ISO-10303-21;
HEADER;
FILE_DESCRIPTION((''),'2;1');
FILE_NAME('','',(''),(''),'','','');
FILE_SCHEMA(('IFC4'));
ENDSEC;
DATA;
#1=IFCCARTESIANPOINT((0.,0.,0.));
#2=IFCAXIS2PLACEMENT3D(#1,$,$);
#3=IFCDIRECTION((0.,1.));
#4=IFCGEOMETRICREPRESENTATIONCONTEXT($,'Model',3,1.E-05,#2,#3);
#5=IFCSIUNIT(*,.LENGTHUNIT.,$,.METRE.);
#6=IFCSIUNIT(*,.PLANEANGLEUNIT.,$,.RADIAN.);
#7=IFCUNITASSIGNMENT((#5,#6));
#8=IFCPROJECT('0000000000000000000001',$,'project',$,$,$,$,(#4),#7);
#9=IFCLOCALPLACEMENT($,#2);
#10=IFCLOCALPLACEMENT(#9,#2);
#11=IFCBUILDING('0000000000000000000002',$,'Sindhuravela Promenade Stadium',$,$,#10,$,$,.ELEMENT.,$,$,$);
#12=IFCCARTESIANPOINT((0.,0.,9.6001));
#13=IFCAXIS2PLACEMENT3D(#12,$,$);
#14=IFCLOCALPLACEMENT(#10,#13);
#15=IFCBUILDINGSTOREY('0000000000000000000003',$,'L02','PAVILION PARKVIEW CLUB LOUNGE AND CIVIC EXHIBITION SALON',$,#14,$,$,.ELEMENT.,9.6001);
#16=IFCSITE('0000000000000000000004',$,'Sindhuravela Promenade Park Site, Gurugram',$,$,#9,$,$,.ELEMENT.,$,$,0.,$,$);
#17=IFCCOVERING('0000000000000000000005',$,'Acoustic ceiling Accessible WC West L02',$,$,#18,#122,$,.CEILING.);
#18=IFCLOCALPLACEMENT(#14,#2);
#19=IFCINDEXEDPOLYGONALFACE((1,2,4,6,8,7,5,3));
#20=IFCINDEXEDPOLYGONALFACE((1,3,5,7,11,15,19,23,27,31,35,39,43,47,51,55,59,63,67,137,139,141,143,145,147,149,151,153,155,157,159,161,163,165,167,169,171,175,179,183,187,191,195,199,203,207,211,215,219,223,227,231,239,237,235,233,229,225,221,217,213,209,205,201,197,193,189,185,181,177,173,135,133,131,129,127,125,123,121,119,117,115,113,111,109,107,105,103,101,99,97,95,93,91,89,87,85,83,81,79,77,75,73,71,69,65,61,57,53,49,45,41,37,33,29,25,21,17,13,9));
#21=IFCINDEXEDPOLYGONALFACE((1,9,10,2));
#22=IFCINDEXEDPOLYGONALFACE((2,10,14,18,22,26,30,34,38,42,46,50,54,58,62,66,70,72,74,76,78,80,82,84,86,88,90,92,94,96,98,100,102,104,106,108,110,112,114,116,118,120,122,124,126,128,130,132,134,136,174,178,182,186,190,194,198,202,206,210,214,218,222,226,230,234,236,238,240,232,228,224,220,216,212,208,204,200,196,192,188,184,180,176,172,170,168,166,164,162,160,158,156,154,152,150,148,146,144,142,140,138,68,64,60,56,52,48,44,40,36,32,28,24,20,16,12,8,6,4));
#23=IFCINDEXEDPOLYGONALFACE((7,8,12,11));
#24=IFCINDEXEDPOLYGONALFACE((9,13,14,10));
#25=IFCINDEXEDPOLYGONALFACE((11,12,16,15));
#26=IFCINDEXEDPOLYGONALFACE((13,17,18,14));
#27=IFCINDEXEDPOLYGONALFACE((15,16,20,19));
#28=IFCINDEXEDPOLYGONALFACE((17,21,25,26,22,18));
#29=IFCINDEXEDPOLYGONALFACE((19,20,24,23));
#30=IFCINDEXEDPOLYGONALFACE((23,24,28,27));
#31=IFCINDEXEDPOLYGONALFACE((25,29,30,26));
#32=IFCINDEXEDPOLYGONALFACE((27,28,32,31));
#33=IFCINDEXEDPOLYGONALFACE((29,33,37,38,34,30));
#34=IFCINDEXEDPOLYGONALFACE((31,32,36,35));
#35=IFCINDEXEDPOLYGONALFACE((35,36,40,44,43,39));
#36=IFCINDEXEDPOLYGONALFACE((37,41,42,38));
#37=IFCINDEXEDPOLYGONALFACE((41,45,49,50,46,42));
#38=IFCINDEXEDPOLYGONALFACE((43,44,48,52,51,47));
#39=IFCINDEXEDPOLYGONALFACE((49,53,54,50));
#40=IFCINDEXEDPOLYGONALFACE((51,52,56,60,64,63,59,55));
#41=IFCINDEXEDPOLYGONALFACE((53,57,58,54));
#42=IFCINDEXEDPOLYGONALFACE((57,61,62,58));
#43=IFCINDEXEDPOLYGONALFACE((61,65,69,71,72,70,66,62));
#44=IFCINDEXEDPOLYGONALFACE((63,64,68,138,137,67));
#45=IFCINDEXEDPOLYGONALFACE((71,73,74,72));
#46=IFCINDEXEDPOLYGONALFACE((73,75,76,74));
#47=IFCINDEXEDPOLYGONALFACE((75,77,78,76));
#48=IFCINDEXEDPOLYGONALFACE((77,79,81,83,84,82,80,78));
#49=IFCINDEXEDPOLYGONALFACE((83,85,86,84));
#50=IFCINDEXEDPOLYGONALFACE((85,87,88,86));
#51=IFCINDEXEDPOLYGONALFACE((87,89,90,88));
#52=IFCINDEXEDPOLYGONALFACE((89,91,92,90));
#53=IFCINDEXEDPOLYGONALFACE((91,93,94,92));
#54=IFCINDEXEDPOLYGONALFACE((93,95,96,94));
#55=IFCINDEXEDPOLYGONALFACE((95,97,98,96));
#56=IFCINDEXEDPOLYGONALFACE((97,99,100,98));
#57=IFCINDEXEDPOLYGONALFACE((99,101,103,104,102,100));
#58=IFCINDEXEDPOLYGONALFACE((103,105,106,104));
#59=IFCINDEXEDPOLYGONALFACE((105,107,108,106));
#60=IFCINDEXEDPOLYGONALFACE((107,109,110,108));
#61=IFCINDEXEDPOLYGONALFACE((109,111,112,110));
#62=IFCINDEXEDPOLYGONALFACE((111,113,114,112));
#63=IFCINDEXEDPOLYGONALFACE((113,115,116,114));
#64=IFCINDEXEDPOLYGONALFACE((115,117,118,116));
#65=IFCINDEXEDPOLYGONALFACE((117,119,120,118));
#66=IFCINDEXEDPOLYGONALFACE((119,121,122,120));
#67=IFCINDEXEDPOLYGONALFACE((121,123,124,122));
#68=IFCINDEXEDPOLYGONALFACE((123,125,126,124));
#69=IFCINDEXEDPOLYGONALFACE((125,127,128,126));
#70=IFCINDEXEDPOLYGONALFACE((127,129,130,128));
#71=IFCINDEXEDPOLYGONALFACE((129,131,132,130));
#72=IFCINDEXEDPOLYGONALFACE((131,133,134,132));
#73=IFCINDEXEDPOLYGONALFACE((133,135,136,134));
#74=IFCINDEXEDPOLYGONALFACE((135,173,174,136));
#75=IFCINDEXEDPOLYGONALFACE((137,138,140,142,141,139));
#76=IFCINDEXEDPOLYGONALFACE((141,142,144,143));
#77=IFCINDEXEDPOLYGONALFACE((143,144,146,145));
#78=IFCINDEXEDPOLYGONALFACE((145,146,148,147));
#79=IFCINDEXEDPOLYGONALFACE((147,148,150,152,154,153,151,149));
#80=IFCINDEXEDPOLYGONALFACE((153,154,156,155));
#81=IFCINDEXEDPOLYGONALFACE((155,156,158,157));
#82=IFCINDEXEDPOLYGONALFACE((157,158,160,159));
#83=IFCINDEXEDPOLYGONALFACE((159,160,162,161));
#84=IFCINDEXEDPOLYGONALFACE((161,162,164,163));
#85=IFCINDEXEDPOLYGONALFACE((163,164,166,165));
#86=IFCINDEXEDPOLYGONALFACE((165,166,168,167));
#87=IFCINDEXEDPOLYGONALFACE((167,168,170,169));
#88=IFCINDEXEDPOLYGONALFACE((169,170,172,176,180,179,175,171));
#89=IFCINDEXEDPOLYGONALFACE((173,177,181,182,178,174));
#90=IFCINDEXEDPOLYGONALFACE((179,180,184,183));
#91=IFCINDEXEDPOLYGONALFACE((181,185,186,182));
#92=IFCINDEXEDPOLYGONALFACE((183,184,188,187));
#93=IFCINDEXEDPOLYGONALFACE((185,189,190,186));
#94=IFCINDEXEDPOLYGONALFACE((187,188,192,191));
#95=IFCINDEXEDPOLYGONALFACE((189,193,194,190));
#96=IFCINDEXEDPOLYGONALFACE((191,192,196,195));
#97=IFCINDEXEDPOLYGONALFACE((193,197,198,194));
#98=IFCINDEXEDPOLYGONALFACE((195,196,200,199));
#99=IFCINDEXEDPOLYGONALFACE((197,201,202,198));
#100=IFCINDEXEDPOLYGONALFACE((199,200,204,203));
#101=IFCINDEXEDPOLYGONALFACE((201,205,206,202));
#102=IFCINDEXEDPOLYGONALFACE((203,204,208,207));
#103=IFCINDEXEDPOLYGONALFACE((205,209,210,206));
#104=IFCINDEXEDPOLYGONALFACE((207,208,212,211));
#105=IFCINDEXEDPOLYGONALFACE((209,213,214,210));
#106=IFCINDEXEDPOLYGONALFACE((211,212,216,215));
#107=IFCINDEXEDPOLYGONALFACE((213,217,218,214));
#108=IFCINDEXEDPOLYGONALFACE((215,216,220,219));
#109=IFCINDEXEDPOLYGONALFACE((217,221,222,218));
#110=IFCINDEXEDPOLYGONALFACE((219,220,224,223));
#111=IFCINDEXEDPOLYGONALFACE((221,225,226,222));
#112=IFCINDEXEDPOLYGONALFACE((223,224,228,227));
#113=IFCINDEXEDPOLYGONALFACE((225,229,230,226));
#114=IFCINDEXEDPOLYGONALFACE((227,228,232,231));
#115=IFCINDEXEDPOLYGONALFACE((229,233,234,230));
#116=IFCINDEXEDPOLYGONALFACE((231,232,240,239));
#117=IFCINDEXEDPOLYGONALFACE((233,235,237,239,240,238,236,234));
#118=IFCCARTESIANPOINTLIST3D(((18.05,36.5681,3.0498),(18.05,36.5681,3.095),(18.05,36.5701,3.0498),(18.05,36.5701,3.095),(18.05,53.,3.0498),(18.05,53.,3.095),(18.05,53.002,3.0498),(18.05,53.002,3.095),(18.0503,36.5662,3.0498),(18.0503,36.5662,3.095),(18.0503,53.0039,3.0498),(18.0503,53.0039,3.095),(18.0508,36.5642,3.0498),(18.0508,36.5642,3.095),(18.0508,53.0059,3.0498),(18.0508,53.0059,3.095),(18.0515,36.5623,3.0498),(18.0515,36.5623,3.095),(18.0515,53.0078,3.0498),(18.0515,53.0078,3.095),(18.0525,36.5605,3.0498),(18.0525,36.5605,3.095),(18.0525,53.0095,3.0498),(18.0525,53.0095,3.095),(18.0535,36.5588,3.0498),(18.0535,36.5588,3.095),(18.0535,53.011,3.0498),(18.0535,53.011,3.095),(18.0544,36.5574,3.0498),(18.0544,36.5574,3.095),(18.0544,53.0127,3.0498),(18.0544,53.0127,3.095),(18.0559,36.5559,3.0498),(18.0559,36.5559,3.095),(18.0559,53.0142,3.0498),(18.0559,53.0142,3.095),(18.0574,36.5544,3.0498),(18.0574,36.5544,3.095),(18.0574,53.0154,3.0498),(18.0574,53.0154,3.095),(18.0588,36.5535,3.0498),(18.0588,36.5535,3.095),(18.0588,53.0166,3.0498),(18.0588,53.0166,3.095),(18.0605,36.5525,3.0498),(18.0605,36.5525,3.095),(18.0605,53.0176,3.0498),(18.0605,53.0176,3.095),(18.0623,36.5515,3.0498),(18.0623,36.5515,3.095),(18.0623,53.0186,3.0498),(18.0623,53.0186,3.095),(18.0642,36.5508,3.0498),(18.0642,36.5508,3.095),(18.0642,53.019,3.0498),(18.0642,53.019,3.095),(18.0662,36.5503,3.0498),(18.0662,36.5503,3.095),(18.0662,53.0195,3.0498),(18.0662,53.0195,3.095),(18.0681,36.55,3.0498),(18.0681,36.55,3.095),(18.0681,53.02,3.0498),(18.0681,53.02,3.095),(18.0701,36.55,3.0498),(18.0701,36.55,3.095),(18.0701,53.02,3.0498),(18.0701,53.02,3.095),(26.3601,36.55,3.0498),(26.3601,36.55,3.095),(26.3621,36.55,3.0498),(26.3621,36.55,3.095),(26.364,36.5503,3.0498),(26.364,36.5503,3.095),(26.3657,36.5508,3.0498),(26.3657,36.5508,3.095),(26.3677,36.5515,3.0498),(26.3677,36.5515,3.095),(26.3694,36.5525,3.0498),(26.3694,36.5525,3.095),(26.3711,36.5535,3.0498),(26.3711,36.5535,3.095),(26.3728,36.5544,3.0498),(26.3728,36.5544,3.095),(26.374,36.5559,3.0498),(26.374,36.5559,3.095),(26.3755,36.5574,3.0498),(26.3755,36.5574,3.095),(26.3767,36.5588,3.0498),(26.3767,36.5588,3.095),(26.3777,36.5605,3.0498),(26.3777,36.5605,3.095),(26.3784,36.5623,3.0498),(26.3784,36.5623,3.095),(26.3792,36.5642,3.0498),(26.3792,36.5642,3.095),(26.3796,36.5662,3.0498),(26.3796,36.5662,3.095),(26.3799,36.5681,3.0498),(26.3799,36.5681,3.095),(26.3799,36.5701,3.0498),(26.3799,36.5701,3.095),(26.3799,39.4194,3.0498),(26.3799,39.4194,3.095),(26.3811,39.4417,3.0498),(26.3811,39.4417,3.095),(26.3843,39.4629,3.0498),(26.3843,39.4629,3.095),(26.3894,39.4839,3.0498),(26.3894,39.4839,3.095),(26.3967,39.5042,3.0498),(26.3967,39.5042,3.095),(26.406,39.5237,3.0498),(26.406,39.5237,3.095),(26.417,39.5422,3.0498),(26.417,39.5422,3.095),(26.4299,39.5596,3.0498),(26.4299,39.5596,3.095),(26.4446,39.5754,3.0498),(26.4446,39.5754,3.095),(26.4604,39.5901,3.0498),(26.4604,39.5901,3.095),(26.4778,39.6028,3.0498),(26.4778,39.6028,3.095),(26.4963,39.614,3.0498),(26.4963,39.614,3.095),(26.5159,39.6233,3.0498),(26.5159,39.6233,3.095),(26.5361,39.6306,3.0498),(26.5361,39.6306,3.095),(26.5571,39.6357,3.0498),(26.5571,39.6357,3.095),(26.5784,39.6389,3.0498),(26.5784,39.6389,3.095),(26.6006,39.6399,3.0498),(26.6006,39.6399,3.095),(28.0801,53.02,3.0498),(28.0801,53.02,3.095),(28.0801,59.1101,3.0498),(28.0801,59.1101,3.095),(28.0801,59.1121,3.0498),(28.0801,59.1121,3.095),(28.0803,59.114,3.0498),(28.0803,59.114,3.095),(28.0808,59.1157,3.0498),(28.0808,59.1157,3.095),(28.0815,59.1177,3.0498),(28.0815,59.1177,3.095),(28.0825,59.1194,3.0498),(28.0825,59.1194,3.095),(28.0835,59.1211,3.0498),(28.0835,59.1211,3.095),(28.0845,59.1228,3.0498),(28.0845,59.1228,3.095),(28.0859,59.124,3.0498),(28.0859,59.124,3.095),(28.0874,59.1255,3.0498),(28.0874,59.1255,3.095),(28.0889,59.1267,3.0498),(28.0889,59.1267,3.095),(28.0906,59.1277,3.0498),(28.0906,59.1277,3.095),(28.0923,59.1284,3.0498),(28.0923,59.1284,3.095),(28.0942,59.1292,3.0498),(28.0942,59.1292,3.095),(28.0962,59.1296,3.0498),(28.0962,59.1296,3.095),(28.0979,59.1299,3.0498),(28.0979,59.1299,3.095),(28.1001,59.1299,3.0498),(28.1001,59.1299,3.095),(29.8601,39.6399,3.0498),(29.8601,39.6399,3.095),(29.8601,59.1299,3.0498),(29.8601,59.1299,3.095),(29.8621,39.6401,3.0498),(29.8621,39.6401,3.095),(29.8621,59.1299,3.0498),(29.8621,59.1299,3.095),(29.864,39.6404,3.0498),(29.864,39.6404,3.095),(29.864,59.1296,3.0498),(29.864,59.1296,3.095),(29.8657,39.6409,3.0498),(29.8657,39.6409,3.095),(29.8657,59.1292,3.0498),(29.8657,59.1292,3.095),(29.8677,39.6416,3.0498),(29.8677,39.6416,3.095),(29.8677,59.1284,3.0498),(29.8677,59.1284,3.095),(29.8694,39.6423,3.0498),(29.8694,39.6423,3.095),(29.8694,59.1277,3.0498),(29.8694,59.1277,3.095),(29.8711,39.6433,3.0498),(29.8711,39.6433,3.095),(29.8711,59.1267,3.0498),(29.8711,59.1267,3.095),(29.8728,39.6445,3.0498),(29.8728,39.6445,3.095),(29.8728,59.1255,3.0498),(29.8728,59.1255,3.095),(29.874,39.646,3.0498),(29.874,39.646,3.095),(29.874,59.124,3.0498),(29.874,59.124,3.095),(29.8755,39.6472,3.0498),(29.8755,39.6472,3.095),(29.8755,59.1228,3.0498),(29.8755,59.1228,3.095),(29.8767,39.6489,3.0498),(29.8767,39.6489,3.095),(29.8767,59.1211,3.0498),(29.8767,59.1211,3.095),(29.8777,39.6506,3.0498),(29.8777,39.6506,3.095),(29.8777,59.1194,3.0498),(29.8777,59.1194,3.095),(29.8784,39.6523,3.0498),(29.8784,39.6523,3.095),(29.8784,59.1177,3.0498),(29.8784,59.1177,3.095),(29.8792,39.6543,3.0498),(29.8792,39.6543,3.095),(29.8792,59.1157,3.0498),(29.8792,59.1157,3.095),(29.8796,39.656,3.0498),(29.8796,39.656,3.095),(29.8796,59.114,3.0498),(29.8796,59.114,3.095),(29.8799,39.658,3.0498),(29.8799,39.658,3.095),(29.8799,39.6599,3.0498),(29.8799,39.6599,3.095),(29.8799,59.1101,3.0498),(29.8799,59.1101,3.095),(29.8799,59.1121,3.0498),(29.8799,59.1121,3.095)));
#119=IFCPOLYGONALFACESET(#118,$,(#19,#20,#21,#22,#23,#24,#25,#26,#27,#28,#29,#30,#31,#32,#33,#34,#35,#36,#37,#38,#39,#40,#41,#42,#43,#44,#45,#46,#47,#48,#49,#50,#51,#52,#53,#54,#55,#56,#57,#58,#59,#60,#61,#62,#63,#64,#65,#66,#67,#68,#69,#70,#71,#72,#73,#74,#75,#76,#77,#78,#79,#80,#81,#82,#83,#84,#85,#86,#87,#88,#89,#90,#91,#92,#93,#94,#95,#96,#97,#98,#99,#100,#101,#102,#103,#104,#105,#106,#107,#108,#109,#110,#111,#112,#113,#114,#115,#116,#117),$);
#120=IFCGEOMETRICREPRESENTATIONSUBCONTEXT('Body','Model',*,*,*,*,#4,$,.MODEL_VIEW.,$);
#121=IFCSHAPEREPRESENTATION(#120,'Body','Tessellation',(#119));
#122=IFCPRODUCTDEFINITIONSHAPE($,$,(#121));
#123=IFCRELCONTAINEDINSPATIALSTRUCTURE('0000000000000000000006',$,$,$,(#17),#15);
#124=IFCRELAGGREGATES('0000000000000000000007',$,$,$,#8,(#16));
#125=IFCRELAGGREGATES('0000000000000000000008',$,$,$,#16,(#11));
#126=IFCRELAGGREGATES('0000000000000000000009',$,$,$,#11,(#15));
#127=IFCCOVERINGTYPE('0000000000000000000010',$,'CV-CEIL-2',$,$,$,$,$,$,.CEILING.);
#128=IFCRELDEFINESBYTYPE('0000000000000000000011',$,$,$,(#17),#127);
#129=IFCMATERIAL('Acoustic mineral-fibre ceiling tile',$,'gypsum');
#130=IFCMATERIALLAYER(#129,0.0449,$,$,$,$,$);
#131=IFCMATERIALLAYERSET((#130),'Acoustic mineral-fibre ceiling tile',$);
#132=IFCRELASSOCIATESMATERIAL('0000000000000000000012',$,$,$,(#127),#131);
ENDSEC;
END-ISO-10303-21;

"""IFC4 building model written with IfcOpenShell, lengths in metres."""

from ifc_helpers import new_model, si_unit, direction, frame, origin, place, context, subcontext, project, spatial, polyline, outline, extrude, material, layer, layer_set, type_object, element, save


model = new_model("IFC4")

# Units and contexts
model_context = context("Model", 3, precision=1e-05, world=origin(), true_north=direction((0.0, 1.0)))
body_context = subcontext(model_context, "Body", "Model", "MODEL_VIEW")
ifc_project = project(units=[si_unit("LENGTHUNIT", "METRE"), si_unit("PLANEANGLEUNIT", "RADIAN")], contexts=[model_context])

# Site, building, storey
site_placement = place(None, origin())
site = spatial("IfcSite", under=ifc_project, at=site_placement, Name="Sindhuravela Promenade Park Site, Gurugram", CompositionType="ELEMENT", RefElevation=0.0)
building_placement = place(site_placement, origin())
building = spatial("IfcBuilding", under=site, at=building_placement, Name="Sindhuravela Promenade Stadium", CompositionType="ELEMENT")
storey_placement = place(building_placement, frame((0.0, 0.0, 9.6001)))
storey = spatial("IfcBuildingStorey", under=building, at=storey_placement, Name="L02", Description="PAVILION PARKVIEW CLUB LOUNGE AND CIVIC EXHIBITION SALON", CompositionType="ELEMENT", Elevation=9.6001)

# Covering
ifc_material_1 = material(Name="Acoustic mineral-fibre ceiling tile", Category="gypsum")
ifc_layer_1 = layer(ifc_material_1, 0.0449)
ifc_layer_set_1 = layer_set([ifc_layer_1], Name="Acoustic mineral-fibre ceiling tile")
covering_type_1 = type_object("IfcCoveringType", Name="CV-CEIL-2", PredefinedType="CEILING", material=ifc_layer_set_1)
covering_1_placement = place(storey_placement, frame((0.0, 0.0, 3.0498)))
element("IfcCovering", 1, at=covering_1_placement, inside=storey, type_object=covering_type_1, Name="Acoustic ceiling Accessible WC West L02", PredefinedType="CEILING", context=body_context, shape_type="SweptSolid", body=[
    extrude(outline(polyline([(28.0801, 53.02), (28.0801, 59.1101), (28.0801, 59.1121), (28.0803, 59.114), (28.0808, 59.1157), (28.0815, 59.1177), (28.0825, 59.1194), (28.0835, 59.1211), (28.0845, 59.1228), (28.0859, 59.124), (28.0874, 59.1255), (28.0889, 59.1267), (28.0906, 59.1277), (28.0923, 59.1284), (28.0942, 59.1292), (28.0962, 59.1296), (28.0979, 59.1299), (28.1001, 59.1299), (29.8601, 59.1299), (29.8621, 59.1299), (29.864, 59.1296), (29.8657, 59.1292), (29.8677, 59.1284), (29.8694, 59.1277), (29.8711, 59.1267), (29.8728, 59.1255), (29.874, 59.124), (29.8755, 59.1228), (29.8767, 59.1211), (29.8777, 59.1194), (29.8784, 59.1177), (29.8792, 59.1157), (29.8796, 59.114), (29.8799, 59.1121), (29.8799, 59.1101), (29.8799, 39.6599), (29.8799, 39.658), (29.8796, 39.656), (29.8792, 39.6543), (29.8784, 39.6523), (29.8777, 39.6506), (29.8767, 39.6489), (29.8755, 39.6472), (29.874, 39.646), (29.8728, 39.6445), (29.8711, 39.6433), (29.8694, 39.6423), (29.8677, 39.6416), (29.8657, 39.6409), (29.864, 39.6404), (29.8621, 39.6401), (29.8601, 39.6399), (26.6006, 39.6399), (26.5784, 39.6389), (26.5571, 39.6357), (26.5361, 39.6306), (26.5159, 39.6233), (26.4963, 39.614), (26.4778, 39.6028), (26.4604, 39.5901), (26.4446, 39.5754), (26.4299, 39.5596), (26.417, 39.5422), (26.406, 39.5237), (26.3967, 39.5042), (26.3894, 39.4839), (26.3843, 39.4629), (26.3811, 39.4417), (26.3799, 39.4194), (26.3799, 36.5701), (26.3799, 36.5681), (26.3796, 36.5662), (26.3792, 36.5642), (26.3784, 36.5623), (26.3777, 36.5605), (26.3767, 36.5588), (26.3755, 36.5574), (26.374, 36.5559), (26.3728, 36.5544), (26.3711, 36.5535), (26.3694, 36.5525), (26.3677, 36.5515), (26.3657, 36.5508), (26.364, 36.5503), (26.3621, 36.55), (26.3601, 36.55), (18.0701, 36.55), (18.0681, 36.55), (18.0662, 36.5503), (18.0642, 36.5508), (18.0623, 36.5515), (18.0605, 36.5525), (18.0588, 36.5535), (18.0574, 36.5544), (18.0559, 36.5559), (18.0544, 36.5574), (18.0535, 36.5588), (18.0525, 36.5605), (18.0515, 36.5623), (18.0508, 36.5642), (18.0503, 36.5662), (18.05, 36.5681), (18.05, 36.5701), (18.05, 53.0), (18.05, 53.002), (18.0503, 53.0039), (18.0508, 53.0059), (18.0515, 53.0078), (18.0525, 53.0095), (18.0535, 53.011), (18.0544, 53.0127), (18.0559, 53.0142), (18.0574, 53.0154), (18.0588, 53.0166), (18.0605, 53.0176), (18.0623, 53.0186), (18.0642, 53.019), (18.0662, 53.0195), (18.0681, 53.02), (18.0701, 53.02), (28.0801, 53.02)])), origin(), (0.0, 0.0, 1.0), 0.0452),
])

save(model, "model.ifc")
